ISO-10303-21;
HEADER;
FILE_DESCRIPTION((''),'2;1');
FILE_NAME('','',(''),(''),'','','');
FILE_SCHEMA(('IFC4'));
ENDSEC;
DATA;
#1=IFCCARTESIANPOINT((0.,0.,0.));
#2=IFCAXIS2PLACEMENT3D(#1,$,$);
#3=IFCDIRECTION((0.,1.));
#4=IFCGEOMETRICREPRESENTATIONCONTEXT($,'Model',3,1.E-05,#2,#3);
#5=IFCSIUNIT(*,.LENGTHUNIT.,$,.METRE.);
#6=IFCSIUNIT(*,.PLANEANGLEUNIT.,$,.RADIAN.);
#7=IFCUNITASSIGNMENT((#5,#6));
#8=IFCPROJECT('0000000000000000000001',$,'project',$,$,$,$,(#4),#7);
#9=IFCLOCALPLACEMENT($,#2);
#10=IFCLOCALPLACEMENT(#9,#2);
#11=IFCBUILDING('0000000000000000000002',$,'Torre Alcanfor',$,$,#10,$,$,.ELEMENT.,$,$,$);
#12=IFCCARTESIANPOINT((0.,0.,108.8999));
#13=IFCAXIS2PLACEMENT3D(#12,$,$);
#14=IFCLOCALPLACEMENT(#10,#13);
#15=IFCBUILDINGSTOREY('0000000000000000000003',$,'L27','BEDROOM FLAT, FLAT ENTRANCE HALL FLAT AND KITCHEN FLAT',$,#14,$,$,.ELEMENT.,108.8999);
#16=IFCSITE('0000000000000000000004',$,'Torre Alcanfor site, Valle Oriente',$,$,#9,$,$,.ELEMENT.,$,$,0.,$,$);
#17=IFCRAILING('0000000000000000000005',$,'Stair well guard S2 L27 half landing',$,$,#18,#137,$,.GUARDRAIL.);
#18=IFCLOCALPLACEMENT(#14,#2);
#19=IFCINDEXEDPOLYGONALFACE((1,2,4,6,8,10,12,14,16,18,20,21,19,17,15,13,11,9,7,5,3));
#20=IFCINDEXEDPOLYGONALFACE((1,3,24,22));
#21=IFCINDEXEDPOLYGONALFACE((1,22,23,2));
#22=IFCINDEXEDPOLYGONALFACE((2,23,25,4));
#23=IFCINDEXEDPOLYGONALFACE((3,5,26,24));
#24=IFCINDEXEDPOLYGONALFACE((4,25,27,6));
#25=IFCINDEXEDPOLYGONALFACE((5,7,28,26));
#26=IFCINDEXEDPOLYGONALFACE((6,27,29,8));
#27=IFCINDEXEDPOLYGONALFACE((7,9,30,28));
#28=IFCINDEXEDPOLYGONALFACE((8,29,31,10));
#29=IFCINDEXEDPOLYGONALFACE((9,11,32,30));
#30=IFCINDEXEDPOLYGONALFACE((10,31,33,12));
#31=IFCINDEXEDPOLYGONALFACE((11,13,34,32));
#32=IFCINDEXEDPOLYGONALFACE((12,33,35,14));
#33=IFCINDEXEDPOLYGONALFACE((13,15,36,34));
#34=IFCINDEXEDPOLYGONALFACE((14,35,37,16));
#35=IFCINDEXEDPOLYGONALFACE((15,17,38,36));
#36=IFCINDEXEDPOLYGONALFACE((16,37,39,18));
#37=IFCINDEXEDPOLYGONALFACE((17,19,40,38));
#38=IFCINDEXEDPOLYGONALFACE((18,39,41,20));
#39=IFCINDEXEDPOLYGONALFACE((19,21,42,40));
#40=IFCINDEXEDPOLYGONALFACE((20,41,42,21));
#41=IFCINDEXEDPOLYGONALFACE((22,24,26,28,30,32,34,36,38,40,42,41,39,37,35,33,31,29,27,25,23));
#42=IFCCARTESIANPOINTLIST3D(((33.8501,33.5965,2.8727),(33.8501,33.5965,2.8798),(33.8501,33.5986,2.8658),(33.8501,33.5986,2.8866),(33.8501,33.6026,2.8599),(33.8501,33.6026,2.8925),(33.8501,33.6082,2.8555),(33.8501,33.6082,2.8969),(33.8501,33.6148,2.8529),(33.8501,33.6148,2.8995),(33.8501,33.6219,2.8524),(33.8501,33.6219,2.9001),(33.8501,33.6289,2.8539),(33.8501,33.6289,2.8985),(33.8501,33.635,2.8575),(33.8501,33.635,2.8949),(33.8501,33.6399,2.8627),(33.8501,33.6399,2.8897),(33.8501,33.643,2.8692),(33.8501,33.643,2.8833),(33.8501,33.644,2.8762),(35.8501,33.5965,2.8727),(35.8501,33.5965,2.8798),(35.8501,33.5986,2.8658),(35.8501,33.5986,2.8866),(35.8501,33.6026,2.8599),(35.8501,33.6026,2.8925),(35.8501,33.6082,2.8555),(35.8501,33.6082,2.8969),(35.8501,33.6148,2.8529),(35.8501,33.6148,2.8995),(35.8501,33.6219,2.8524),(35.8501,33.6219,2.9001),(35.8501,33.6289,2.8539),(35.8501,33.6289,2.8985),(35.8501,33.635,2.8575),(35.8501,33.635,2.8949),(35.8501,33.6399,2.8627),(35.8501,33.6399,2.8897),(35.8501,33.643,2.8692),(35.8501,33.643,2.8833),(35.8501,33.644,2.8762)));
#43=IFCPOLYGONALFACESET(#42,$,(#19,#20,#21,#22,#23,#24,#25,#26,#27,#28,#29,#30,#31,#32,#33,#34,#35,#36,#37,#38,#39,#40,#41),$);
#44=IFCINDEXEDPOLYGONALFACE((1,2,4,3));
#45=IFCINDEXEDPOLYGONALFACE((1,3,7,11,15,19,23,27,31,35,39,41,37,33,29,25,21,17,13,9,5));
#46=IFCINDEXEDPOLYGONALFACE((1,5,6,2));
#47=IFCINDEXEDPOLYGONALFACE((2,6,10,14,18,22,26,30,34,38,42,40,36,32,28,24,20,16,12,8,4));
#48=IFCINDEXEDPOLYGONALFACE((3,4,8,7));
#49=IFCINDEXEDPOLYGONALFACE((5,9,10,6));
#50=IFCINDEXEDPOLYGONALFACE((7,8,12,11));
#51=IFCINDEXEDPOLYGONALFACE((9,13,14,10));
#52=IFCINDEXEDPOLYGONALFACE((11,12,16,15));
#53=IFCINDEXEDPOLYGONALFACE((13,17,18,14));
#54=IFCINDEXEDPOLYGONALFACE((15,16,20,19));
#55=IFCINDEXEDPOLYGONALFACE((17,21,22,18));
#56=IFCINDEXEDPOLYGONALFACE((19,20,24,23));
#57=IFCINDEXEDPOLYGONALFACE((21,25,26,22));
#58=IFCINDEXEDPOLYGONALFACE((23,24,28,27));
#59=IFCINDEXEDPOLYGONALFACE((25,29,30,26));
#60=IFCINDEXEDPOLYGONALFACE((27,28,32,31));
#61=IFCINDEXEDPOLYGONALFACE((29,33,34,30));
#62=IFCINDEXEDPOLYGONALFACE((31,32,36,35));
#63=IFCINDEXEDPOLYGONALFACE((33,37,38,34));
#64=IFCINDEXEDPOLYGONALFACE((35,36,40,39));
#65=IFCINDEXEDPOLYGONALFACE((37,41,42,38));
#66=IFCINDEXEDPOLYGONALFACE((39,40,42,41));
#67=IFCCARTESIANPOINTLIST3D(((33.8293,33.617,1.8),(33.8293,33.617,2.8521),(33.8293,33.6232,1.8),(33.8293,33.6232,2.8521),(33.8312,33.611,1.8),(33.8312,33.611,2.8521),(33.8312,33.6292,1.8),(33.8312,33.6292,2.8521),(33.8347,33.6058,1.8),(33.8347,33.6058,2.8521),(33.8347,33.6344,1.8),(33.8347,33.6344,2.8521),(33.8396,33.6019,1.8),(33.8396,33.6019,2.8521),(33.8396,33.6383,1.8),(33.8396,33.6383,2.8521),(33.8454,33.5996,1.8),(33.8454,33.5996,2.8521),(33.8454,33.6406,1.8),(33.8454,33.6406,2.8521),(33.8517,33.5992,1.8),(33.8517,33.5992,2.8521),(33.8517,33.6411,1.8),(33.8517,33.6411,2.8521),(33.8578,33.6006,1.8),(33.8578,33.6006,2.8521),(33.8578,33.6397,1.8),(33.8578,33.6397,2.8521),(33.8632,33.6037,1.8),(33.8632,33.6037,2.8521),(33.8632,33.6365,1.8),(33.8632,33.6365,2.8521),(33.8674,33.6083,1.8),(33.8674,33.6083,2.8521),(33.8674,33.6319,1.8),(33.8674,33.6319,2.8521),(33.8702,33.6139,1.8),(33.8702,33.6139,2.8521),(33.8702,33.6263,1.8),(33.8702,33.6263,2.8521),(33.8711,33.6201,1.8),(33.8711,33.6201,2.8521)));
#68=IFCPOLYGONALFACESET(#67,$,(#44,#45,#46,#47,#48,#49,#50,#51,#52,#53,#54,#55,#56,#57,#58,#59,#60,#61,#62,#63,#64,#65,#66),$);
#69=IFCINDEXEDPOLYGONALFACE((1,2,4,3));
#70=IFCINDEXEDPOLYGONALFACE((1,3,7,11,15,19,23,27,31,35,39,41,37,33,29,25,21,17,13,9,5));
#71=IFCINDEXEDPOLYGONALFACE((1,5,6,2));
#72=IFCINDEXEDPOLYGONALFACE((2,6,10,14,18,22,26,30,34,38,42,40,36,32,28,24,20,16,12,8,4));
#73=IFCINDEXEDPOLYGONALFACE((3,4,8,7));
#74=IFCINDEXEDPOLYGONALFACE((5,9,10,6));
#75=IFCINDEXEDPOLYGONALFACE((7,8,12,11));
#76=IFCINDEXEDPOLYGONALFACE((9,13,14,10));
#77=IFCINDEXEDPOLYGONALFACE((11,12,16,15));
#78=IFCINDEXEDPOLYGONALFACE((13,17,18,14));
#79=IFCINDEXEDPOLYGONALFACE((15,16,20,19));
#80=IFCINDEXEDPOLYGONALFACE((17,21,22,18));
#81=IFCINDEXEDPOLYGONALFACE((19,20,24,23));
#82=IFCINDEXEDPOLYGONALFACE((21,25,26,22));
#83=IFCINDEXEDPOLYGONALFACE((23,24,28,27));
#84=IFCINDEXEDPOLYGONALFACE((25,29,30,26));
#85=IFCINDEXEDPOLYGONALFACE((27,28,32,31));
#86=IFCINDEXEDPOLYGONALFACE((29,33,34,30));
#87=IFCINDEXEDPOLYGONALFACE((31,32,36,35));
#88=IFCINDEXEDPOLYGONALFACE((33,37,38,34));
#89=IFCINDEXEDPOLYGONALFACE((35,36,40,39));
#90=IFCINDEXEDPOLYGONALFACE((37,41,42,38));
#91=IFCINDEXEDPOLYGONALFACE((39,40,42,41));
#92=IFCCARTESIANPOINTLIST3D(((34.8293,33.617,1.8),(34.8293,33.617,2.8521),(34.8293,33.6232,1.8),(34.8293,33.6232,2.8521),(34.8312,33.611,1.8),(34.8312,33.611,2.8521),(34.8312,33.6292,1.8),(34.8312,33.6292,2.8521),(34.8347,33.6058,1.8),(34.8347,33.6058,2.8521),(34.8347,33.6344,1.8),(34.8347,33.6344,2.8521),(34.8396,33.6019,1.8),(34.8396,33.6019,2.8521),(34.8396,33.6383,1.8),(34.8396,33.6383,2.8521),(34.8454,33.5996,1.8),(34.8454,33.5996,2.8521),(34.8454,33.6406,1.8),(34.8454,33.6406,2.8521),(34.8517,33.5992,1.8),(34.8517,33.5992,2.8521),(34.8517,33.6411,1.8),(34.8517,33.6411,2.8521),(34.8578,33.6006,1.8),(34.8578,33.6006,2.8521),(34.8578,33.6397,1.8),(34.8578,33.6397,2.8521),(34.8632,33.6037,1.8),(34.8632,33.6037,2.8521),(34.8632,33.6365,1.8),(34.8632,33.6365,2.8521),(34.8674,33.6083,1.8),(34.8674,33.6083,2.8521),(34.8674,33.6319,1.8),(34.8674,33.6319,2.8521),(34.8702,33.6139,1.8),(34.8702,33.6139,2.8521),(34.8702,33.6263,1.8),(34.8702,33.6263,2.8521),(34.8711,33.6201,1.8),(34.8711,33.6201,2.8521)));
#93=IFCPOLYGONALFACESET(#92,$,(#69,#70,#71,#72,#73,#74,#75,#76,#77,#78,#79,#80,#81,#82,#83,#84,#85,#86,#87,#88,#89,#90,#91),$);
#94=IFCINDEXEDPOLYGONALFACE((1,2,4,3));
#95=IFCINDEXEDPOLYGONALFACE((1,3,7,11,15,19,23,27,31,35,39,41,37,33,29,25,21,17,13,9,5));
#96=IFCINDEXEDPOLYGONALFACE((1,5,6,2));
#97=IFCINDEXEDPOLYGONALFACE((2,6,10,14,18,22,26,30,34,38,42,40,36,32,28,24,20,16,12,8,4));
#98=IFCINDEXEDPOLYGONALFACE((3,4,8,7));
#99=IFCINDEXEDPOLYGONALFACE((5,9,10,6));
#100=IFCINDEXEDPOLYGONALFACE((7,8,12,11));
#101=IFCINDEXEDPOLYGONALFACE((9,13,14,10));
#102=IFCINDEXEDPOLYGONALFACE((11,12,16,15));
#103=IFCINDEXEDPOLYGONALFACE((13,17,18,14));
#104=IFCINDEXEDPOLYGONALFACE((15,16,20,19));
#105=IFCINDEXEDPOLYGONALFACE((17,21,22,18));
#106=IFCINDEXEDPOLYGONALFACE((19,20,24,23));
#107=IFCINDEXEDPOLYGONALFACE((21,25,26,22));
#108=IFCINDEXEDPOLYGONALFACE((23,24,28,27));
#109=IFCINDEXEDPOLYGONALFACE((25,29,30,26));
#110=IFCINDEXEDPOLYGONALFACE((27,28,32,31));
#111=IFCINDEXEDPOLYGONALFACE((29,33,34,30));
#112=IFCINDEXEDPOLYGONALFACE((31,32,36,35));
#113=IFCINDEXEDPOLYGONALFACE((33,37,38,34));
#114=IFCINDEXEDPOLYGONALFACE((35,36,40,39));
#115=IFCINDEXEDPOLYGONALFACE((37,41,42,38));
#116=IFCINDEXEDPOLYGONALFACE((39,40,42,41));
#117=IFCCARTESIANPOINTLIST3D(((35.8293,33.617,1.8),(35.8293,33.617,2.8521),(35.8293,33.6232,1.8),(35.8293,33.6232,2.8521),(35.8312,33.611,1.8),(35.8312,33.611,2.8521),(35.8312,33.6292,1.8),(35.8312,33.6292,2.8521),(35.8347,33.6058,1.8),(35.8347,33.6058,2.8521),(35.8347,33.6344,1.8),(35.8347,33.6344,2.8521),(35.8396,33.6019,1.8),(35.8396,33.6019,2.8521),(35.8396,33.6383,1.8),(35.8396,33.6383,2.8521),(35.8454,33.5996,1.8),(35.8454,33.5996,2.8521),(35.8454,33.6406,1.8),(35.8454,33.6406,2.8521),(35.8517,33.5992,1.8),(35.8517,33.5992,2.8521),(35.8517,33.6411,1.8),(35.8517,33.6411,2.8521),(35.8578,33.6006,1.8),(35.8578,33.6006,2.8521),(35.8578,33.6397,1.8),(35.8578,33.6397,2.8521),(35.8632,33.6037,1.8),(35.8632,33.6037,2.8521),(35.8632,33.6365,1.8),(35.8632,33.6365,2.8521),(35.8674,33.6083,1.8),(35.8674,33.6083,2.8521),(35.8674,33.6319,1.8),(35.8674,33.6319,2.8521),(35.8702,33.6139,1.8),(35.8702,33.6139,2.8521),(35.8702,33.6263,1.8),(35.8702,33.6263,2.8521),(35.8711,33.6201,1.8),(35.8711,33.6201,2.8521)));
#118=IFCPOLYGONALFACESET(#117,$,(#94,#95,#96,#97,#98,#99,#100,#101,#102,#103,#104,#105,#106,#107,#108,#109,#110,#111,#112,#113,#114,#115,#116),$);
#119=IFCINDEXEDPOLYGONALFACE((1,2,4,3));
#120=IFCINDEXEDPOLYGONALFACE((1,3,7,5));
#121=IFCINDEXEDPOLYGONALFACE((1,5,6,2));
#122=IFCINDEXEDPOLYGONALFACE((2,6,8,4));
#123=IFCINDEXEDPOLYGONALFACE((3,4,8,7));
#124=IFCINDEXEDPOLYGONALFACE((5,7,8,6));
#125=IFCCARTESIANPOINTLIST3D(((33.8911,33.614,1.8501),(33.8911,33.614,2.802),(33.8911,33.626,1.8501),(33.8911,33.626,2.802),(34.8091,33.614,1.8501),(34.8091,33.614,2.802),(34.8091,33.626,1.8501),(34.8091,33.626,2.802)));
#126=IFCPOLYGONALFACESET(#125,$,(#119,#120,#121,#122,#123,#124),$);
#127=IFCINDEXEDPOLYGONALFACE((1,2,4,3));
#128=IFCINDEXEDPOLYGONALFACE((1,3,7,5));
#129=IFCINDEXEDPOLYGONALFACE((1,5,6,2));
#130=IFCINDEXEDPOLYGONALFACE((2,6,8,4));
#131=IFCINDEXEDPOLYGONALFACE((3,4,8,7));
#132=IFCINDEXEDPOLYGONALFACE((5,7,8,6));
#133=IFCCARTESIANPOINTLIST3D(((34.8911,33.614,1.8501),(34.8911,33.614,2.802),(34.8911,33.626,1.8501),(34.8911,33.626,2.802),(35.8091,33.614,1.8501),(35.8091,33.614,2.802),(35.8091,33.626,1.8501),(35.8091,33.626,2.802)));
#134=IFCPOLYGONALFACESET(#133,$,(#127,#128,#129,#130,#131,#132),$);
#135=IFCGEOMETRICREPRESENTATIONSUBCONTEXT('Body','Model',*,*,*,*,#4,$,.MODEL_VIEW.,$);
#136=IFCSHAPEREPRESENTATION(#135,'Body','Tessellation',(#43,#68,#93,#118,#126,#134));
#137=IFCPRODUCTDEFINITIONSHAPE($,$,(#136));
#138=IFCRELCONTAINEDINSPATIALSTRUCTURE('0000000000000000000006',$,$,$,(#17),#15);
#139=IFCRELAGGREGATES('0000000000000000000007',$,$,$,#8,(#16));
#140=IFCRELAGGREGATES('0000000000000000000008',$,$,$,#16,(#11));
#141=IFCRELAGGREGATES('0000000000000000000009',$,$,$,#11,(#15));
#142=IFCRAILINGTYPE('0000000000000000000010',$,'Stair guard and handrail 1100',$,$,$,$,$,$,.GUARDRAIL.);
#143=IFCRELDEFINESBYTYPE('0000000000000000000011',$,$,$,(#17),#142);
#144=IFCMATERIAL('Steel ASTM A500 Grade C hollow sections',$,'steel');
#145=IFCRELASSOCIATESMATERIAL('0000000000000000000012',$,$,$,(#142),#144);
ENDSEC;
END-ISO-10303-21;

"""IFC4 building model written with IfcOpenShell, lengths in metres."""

from ifc_helpers import new_model, si_unit, direction, frame, origin, origin_2d, place, context, subcontext, project, spatial, polyline, circle, outline, extrude, material, type_object, element, save


model = new_model("IFC4")

# Units and contexts
model_context = context("Model", 3, precision=1e-05, world=origin(), true_north=direction((0.0, 1.0)))
body_context = subcontext(model_context, "Body", "Model", "MODEL_VIEW")
ifc_project = project(units=[si_unit("LENGTHUNIT", "METRE"), si_unit("PLANEANGLEUNIT", "RADIAN")], contexts=[model_context])

# Site, building, storey
site_placement = place(None, origin())
site = spatial("IfcSite", under=ifc_project, at=site_placement, Name="Torre Alcanfor site, Valle Oriente", CompositionType="ELEMENT", RefElevation=0.0)
building_placement = place(site_placement, origin())
building = spatial("IfcBuilding", under=site, at=building_placement, Name="Torre Alcanfor", CompositionType="ELEMENT")
storey_placement = place(building_placement, frame((0.0, 0.0, 108.8999)))
storey = spatial("IfcBuildingStorey", under=building, at=storey_placement, Name="L27", Description="BEDROOM FLAT, FLAT ENTRANCE HALL FLAT AND KITCHEN FLAT", CompositionType="ELEMENT", Elevation=108.8999)

# Railing
ifc_material_1 = material(Name="Steel ASTM A500 Grade C hollow sections", Category="steel")
railing_type_1 = type_object("IfcRailingType", Name="Stair guard and handrail 1100", PredefinedType="GUARDRAIL", material=ifc_material_1)
for number, where, name in (
    (1, (33.8501, 33.6201, 1.8), "Stair well guard S2 L27 half landing"),
):
    element("IfcRailing", number, at=place(storey_placement, frame(where)), inside=storey, type_object=railing_type_1, Name=name, PredefinedType="GUARDRAIL", context=body_context, shape_type="SweptSolid", body=[
        extrude(circle(Radius=0.0239, at=origin_2d()), frame((0.0, 0.0, 1.0762), z_axis=(1.0, 0.0, 0.0), x_axis=(0.0, 1.0, 0.0)), (0.0, 0.0, 1.0), 2.0),
        extrude(circle(Radius=0.021, at=origin_2d()), origin(), (0.0, 0.0, 1.0), 1.052),
        extrude(circle(Radius=0.021, at=origin_2d()), frame((1.0, 0.0, 0.0)), (0.0, 0.0, 1.0), 1.052),
        extrude(circle(Radius=0.021, at=origin_2d()), frame((2.0, 0.0, 0.0)), (0.0, 0.0, 1.0), 1.052),
        extrude(outline(polyline([(0.041, 0.05), (0.959, 0.05), (0.959, 1.002), (0.041, 1.002), (0.041, 0.05)])), frame((0.0, 0.0059, 0.0), z_axis=(0.0, -1.0, 0.0), x_axis=(1.0, 0.0, 0.0)), (0.0, 0.0, 1.0), 0.012),
        extrude(outline(polyline([(1.041, 0.05), (1.959, 0.05), (1.959, 1.002), (1.041, 1.002), (1.041, 0.05)])), frame((0.0, 0.0059, 0.0), z_axis=(0.0, -1.0, 0.0), x_axis=(1.0, 0.0, 0.0)), (0.0, 0.0, 1.0), 0.012),
    ])

save(model, "model.ifc")
